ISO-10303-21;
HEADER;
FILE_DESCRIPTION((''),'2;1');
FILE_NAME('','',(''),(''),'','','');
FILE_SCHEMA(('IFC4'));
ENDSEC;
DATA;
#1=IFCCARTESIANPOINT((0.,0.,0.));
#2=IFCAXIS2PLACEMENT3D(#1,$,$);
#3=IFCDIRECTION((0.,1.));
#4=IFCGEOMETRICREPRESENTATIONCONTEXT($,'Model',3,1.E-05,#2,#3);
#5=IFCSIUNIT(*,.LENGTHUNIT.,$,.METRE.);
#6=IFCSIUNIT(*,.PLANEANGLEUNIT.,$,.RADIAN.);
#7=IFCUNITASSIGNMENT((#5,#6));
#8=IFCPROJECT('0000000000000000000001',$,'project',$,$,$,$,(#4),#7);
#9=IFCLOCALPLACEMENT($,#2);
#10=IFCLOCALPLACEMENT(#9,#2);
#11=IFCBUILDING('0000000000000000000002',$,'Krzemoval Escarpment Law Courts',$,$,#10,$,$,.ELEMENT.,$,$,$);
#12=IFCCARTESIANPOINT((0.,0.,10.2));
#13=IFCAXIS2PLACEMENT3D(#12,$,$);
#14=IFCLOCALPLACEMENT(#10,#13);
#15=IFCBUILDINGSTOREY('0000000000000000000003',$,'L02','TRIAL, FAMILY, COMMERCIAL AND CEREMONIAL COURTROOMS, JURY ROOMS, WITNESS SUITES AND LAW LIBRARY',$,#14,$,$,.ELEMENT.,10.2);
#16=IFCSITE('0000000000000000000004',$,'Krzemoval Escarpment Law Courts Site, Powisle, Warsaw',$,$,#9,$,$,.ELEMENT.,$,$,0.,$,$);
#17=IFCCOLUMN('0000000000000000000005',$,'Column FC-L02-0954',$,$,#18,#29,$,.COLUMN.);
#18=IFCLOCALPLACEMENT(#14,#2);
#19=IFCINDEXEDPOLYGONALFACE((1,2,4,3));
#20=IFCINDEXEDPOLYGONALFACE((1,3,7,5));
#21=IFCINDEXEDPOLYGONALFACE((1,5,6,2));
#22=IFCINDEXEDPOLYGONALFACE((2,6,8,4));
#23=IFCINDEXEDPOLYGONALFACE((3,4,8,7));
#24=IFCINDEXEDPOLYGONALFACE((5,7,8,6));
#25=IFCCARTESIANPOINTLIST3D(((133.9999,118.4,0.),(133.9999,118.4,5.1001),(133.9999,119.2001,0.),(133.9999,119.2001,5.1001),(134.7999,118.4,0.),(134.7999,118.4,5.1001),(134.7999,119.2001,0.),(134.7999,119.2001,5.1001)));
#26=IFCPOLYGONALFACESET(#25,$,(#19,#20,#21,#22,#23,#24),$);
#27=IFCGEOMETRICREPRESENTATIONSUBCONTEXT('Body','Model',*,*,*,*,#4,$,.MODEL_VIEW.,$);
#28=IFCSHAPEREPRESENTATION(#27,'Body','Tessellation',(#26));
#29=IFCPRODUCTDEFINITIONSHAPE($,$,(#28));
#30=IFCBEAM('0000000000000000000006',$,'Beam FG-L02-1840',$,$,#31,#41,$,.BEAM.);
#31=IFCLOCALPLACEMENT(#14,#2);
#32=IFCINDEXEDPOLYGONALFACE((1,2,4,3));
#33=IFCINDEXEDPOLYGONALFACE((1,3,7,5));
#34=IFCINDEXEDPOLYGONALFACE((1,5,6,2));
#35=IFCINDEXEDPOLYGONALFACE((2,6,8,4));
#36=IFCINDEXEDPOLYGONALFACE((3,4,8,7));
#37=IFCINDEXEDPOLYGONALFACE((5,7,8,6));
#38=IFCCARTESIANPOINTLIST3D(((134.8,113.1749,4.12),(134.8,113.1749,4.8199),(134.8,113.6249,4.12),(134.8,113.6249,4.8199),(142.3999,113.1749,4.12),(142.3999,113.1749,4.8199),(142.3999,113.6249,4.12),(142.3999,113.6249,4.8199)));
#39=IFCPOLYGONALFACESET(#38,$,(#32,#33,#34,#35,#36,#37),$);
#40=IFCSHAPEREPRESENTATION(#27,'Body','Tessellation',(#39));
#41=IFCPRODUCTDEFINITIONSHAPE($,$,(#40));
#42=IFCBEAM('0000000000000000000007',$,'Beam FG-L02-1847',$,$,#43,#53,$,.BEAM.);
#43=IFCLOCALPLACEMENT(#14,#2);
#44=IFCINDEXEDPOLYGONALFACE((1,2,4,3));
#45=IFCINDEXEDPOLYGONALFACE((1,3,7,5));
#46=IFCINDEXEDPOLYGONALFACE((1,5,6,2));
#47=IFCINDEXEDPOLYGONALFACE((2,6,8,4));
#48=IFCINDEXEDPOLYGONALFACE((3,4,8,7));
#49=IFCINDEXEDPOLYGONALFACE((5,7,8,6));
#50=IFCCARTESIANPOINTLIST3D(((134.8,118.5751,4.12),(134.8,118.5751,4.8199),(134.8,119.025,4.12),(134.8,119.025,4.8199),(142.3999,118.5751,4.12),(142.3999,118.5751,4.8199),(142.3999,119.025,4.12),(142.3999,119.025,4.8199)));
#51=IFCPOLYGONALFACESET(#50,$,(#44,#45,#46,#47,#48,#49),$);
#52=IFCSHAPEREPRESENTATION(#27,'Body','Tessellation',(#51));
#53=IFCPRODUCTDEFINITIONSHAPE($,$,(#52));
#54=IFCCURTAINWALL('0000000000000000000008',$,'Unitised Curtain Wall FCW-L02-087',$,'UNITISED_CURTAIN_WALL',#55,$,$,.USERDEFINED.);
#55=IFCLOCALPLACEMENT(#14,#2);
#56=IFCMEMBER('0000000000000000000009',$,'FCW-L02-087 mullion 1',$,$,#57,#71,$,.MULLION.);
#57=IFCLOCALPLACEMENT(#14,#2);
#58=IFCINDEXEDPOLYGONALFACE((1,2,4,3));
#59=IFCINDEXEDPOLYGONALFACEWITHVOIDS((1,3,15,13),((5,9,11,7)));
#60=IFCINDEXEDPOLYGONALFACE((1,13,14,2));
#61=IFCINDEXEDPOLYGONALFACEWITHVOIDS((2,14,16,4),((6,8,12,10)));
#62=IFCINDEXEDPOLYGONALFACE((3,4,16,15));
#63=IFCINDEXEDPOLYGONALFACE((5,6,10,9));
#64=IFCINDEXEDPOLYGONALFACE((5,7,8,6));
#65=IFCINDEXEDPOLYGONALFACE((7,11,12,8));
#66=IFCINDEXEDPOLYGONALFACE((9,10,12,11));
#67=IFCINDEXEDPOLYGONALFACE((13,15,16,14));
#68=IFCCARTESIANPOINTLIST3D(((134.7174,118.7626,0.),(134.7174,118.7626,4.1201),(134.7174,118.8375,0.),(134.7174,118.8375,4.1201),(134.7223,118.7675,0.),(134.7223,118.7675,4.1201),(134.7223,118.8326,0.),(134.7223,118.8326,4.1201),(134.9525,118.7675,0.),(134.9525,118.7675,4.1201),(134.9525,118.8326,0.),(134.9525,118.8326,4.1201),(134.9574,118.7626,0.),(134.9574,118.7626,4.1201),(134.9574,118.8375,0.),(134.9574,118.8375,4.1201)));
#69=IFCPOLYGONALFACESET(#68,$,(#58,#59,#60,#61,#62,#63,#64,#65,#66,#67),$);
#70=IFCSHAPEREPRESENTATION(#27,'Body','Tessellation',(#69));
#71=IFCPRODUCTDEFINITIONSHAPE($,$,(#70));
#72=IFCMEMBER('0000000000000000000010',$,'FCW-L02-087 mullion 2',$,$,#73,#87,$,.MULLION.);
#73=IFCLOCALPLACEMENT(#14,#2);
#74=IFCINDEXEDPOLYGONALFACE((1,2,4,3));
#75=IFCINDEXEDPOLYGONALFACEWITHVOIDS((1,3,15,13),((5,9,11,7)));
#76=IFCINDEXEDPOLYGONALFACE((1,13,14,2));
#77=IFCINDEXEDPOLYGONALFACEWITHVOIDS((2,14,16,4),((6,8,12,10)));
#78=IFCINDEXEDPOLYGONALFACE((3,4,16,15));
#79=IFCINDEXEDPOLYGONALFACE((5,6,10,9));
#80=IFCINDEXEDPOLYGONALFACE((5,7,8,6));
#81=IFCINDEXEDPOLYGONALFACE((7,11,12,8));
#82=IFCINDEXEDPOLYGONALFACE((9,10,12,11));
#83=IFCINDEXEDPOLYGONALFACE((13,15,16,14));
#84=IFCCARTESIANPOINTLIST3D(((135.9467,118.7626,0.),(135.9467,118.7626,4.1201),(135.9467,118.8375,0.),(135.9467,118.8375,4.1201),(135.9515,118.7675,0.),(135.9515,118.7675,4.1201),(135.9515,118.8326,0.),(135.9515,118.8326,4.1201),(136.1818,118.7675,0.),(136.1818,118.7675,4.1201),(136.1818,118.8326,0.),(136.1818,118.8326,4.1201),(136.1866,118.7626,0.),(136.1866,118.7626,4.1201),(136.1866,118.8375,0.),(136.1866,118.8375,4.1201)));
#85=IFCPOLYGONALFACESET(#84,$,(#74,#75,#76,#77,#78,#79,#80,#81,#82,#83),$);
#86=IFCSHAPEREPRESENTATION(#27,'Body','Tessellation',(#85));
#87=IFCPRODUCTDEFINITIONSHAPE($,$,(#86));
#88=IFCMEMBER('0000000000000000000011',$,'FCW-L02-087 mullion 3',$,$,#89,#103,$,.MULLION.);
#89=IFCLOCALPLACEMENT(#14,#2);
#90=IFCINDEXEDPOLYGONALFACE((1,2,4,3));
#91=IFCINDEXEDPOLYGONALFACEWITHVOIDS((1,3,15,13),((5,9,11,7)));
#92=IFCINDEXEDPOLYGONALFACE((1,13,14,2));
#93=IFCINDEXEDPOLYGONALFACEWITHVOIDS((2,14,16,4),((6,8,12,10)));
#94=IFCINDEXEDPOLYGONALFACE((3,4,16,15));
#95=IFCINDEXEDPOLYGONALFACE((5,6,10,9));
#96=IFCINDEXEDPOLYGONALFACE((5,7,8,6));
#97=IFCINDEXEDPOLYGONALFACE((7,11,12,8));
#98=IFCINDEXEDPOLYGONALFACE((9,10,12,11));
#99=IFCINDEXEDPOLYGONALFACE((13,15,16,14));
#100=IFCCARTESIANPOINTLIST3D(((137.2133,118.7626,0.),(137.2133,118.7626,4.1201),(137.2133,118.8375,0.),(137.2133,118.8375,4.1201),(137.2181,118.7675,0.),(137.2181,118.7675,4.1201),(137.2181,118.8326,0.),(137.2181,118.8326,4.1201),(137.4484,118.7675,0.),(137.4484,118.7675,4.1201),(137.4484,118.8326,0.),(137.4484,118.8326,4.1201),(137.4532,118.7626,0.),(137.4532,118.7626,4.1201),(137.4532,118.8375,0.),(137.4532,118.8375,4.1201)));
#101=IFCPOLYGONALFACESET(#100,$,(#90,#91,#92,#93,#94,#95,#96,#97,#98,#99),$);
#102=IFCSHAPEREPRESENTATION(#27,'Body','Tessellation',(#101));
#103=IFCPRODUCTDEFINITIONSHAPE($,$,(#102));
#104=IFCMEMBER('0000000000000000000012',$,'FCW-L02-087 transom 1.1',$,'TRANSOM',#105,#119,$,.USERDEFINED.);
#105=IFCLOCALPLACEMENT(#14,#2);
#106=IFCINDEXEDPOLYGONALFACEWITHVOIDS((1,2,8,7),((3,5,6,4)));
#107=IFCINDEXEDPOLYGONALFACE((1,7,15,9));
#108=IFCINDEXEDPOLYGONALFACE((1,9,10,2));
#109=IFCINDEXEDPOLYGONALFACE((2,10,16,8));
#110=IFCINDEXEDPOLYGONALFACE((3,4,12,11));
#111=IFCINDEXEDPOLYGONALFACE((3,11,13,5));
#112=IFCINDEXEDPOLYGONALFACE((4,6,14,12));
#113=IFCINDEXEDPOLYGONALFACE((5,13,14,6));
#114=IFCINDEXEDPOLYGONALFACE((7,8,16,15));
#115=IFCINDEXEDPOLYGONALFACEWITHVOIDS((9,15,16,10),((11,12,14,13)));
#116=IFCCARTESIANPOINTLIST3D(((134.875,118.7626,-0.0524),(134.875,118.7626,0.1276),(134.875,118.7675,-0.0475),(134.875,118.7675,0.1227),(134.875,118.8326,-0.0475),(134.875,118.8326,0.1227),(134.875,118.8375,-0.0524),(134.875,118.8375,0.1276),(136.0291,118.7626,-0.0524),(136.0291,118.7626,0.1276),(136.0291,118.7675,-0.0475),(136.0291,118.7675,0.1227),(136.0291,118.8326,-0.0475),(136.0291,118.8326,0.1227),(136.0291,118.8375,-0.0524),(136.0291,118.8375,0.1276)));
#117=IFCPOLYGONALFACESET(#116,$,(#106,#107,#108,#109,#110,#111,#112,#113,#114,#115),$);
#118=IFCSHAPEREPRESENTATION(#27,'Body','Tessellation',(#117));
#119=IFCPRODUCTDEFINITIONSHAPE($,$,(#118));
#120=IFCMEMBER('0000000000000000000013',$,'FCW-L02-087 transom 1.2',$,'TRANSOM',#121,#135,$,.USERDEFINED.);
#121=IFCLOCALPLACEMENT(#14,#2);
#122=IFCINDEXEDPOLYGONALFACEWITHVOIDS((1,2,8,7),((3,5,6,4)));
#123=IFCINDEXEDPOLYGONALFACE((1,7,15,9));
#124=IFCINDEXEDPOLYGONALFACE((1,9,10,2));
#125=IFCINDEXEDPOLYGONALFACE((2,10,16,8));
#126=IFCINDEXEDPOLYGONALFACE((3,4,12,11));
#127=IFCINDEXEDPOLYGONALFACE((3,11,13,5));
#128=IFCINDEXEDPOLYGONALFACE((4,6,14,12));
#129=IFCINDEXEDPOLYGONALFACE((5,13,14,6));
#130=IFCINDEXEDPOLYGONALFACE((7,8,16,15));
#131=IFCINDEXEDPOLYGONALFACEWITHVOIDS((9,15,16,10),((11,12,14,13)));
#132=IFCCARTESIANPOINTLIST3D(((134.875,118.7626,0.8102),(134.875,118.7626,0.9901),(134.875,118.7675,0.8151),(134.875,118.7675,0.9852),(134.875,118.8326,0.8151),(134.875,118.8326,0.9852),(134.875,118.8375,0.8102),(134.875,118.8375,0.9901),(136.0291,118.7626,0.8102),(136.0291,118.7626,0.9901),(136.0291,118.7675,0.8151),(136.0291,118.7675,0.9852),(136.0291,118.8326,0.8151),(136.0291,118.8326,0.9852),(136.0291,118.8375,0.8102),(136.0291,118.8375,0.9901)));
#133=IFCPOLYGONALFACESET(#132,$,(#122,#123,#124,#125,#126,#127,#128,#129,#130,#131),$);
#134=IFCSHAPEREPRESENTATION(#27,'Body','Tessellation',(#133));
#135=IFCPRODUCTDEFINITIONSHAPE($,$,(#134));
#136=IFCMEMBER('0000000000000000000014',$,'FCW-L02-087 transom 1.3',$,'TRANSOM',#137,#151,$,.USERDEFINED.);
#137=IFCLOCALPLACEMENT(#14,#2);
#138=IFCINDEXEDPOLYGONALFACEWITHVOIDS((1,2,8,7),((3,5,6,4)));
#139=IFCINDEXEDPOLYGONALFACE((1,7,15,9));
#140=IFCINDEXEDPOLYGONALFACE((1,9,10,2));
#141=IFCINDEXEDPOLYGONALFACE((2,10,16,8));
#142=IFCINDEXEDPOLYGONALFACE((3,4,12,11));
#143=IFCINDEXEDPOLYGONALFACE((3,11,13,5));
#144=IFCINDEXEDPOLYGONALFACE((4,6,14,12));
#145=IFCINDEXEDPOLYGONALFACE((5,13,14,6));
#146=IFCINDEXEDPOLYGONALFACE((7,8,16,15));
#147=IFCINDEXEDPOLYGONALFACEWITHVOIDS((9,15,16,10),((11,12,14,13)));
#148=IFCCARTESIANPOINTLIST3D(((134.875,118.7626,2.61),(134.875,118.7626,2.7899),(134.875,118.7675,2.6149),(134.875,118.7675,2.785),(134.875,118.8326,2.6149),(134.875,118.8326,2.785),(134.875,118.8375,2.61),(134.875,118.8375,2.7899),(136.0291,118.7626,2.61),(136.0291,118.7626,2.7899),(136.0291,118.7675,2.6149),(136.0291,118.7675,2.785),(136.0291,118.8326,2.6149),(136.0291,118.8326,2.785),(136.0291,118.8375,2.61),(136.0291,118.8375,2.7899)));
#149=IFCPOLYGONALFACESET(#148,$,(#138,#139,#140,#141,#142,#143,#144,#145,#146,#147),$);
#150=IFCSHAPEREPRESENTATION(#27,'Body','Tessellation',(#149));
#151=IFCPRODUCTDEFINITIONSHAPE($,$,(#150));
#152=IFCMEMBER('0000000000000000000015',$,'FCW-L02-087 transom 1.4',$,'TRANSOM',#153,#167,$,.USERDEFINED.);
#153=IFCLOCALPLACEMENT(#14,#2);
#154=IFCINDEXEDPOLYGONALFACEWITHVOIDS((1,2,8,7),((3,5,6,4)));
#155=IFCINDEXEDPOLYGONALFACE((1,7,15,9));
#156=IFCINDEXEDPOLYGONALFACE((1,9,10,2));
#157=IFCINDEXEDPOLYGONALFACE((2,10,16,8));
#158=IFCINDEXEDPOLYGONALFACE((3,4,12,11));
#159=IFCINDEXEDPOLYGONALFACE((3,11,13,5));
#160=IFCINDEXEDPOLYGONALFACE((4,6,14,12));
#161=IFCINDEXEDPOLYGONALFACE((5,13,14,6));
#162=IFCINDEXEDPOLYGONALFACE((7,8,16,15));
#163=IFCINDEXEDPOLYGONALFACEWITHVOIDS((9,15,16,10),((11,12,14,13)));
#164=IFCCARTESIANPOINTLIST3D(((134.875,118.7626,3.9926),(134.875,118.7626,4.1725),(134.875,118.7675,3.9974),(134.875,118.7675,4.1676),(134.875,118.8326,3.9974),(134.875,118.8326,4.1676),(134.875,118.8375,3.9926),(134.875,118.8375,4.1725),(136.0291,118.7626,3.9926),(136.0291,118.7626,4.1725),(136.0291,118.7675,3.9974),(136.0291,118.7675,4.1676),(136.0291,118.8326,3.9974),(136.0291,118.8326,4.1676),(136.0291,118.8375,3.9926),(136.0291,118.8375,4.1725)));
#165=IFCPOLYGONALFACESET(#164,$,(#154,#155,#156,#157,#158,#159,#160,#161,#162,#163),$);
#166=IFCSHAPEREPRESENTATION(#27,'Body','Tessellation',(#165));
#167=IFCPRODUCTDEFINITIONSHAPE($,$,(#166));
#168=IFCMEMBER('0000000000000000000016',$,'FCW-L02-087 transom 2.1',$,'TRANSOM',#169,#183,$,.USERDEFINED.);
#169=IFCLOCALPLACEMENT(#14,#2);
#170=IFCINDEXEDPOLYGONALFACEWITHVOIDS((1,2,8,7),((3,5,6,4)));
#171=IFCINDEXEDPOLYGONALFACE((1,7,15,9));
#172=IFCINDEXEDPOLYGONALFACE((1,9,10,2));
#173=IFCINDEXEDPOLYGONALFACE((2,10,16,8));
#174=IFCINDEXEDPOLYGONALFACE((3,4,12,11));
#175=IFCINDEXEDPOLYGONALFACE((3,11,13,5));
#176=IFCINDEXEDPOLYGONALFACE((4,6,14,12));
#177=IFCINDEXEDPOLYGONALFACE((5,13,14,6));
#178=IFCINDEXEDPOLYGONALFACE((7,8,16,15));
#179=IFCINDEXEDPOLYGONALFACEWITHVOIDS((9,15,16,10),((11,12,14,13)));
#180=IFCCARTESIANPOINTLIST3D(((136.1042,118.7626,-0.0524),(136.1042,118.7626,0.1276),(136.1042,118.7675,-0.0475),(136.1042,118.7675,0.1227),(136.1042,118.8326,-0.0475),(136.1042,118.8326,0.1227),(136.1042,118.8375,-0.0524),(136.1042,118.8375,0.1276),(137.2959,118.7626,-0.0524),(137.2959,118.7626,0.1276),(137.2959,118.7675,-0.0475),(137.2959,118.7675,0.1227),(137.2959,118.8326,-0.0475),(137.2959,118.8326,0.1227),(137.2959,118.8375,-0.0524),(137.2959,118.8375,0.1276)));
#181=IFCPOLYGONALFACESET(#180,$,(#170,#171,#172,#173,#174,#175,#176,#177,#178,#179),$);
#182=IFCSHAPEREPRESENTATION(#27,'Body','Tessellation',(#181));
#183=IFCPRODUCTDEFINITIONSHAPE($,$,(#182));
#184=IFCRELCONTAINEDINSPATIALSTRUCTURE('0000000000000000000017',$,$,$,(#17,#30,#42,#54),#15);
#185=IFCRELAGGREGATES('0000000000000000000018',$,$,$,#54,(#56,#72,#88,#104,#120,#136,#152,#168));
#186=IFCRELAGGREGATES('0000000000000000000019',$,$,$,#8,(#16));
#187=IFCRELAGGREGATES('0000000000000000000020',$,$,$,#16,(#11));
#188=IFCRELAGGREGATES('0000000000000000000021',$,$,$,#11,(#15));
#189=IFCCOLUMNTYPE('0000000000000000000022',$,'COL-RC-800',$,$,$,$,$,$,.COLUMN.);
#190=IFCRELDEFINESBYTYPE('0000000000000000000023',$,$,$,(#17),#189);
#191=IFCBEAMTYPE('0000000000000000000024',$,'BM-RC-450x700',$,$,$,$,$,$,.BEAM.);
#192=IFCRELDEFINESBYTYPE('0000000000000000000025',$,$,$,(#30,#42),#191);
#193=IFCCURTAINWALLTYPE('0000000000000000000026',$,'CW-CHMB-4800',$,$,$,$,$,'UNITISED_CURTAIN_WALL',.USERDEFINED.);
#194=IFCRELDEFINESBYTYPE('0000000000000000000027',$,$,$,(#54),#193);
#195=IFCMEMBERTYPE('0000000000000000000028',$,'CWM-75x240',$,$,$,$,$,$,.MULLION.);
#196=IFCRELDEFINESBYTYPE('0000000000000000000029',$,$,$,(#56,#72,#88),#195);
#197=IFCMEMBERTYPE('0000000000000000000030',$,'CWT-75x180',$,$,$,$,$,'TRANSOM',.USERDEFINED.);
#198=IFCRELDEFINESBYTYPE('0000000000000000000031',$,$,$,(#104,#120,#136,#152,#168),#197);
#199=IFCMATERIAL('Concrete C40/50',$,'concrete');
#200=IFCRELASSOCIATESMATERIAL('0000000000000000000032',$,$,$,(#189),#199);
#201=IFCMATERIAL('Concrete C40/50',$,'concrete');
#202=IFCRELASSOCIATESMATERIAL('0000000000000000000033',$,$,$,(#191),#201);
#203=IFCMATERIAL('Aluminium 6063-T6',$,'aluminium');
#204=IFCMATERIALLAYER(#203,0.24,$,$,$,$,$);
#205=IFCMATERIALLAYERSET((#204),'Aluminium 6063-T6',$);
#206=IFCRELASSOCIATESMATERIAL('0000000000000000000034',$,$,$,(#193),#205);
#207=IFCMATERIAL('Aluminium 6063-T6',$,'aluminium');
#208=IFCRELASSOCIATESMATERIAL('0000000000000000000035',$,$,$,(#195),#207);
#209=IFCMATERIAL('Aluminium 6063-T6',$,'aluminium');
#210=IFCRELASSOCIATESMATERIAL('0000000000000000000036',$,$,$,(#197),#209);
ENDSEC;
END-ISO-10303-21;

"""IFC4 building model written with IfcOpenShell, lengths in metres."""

from ifc_helpers import new_model, si_unit, direction, frame, origin, origin_2d, place, context, subcontext, project, spatial, rectangle, hollow_rectangle, extrude, material, layer, layer_set, material_profile, profile_set, type_object, element, aggregate, save


model = new_model("IFC4")

# Units and contexts
model_context = context("Model", 3, precision=1e-05, world=origin(), true_north=direction((0.0, 1.0)))
body_context = subcontext(model_context, "Body", "Model", "MODEL_VIEW")
ifc_project = project(units=[si_unit("LENGTHUNIT", "METRE"), si_unit("PLANEANGLEUNIT", "RADIAN")], contexts=[model_context])

# Site, building, storey
site_placement = place(None, origin())
site = spatial("IfcSite", under=ifc_project, at=site_placement, Name="Krzemoval Escarpment Law Courts Site, Powisle, Warsaw", CompositionType="ELEMENT", RefElevation=0.0)
building_placement = place(site_placement, origin())
building = spatial("IfcBuilding", under=site, at=building_placement, Name="Krzemoval Escarpment Law Courts", CompositionType="ELEMENT")
storey_placement = place(building_placement, frame((0.0, 0.0, 10.2)))
storey = spatial("IfcBuildingStorey", under=building, at=storey_placement, Name="L02", Description="TRIAL, FAMILY, COMMERCIAL AND CEREMONIAL COURTROOMS, JURY ROOMS, WITNESS SUITES AND LAW LIBRARY", CompositionType="ELEMENT", Elevation=10.2)

# Column
ifc_material_1 = material(Name="Concrete C40/50", Category="concrete")
ifc_material_profile_1 = material_profile(ifc_material_1, rectangle(XDim=0.8, YDim=0.8, at=origin_2d()), Name="RC 800x800")
ifc_profile_set_1 = profile_set([ifc_material_profile_1], Name="Concrete C40/50")
column_type = type_object("IfcColumnType", Name="COL-RC-800", PredefinedType="COLUMN", material=ifc_profile_set_1)
column_placement = place(storey_placement, frame((134.3999, 118.8, 0.0), z_axis=(0.0, 0.0, 1.0), x_axis=(1.0, 0.0, 0.0)))
element("IfcColumn", 1, at=column_placement, inside=storey, type_object=column_type, Name="Column FC-L02-0954", PredefinedType="COLUMN", context=body_context, shape_type="SweptSolid", body=[
    extrude(rectangle(XDim=0.8, YDim=0.8, at=origin_2d()), origin(), (0.0, 0.0, 1.0), 5.1001),
])

# Beams
ifc_material_2 = material(Name="Concrete C40/50", Category="concrete")
ifc_material_profile_2 = material_profile(ifc_material_2, rectangle(XDim=0.45, YDim=0.7, at=origin_2d()), Name="RCB 450x700")
ifc_profile_set_2 = profile_set([ifc_material_profile_2], Name="Concrete C40/50")
beam_type = type_object("IfcBeamType", Name="BM-RC-450x700", PredefinedType="BEAM", material=ifc_profile_set_2)
for number, where, z_axis, x_axis, name in (
    (2, (134.8, 113.3999, 4.47), (1.0, 0.0, 0.0), (0.0, 1.0, 0.0), "Beam FG-L02-1840"),
    (3, (134.8, 118.8, 4.47), (1.0, 0.0, 0.0), (0.0, 1.0, 0.0), "Beam FG-L02-1847"),
):
    element("IfcBeam", number, at=place(storey_placement, frame(where, z_axis=z_axis, x_axis=x_axis)), inside=storey, type_object=beam_type, Name=name, PredefinedType="BEAM", context=body_context, shape_type="SweptSolid", body=[
        extrude(rectangle(XDim=0.45, YDim=0.7, at=origin_2d()), origin(), (0.0, 0.0, 1.0), 7.5999),
    ])

# Curtain wall, members
ifc_material_3 = material(Name="Aluminium 6063-T6", Category="aluminium")
ifc_layer_1 = layer(ifc_material_3, 0.24)
ifc_layer_set_1 = layer_set([ifc_layer_1], Name="Aluminium 6063-T6")
curtain_wall_type = type_object("IfcCurtainWallType", Name="CW-CHMB-4800", ElementType="UNITISED_CURTAIN_WALL", PredefinedType="USERDEFINED", material=ifc_layer_set_1)
curtain_wall_placement = place(storey_placement, origin())
curtain_wall = element("IfcCurtainWall", 4, at=curtain_wall_placement, inside=storey, type_object=curtain_wall_type, Name="Unitised Curtain Wall FCW-L02-087", ObjectType="UNITISED_CURTAIN_WALL", PredefinedType="USERDEFINED")
ifc_material_4 = material(Name="Aluminium 6063-T6", Category="aluminium")
ifc_material_profile_3 = material_profile(ifc_material_4, hollow_rectangle(XDim=0.075, YDim=0.24, WallThickness=0.0049, at=origin_2d()), Name="ALU M75x240")
ifc_profile_set_3 = profile_set([ifc_material_profile_3], Name="Aluminium 6063-T6")
member_type_1 = type_object("IfcMemberType", Name="CWM-75x240", PredefinedType="MULLION", material=ifc_profile_set_3)
member_1_placement = place(storey_placement, frame((134.8374, 118.8, 0.0), z_axis=(0.0, 0.0, 1.0), x_axis=(0.0, 1.0, 0.0)))
member_1 = element("IfcMember", 5, at=member_1_placement, type_object=member_type_1, Name="FCW-L02-087 mullion 1", PredefinedType="MULLION", context=body_context, shape_type="SweptSolid", body=[
    extrude(hollow_rectangle(XDim=0.075, YDim=0.24, WallThickness=0.0049, at=origin_2d()), origin(), (0.0, 0.0, 1.0), 4.1201),
])
member_2_placement = place(storey_placement, frame((136.0667, 118.8, 0.0), z_axis=(0.0, 0.0, 1.0), x_axis=(0.0, 1.0, 0.0)))
member_2 = element("IfcMember", 6, at=member_2_placement, type_object=member_type_1, Name="FCW-L02-087 mullion 2", PredefinedType="MULLION", context=body_context, shape_type="SweptSolid", body=[
    extrude(hollow_rectangle(XDim=0.075, YDim=0.24, WallThickness=0.0049, at=origin_2d()), origin(), (0.0, 0.0, 1.0), 4.1201),
])
member_3_placement = place(storey_placement, frame((137.3333, 118.8, 0.0), z_axis=(0.0, 0.0, 1.0), x_axis=(0.0, 1.0, 0.0)))
member_3 = element("IfcMember", 7, at=member_3_placement, type_object=member_type_1, Name="FCW-L02-087 mullion 3", PredefinedType="MULLION", context=body_context, shape_type="SweptSolid", body=[
    extrude(hollow_rectangle(XDim=0.075, YDim=0.24, WallThickness=0.0049, at=origin_2d()), origin(), (0.0, 0.0, 1.0), 4.1201),
])
ifc_material_5 = material(Name="Aluminium 6063-T6", Category="aluminium")
ifc_material_profile_4 = material_profile(ifc_material_5, hollow_rectangle(XDim=0.075, YDim=0.1799, WallThickness=0.0049, at=origin_2d()), Name="ALU T75x180")
ifc_profile_set_4 = profile_set([ifc_material_profile_4], Name="Aluminium 6063-T6")
member_type_2 = type_object("IfcMemberType", Name="CWT-75x180", ElementType="TRANSOM", PredefinedType="USERDEFINED", material=ifc_profile_set_4)
member_4_placement = place(storey_placement, frame((134.875, 118.8, 0.0376), z_axis=(1.0, 0.0, 0.0), x_axis=(0.0, 1.0, 0.0)))
member_4 = element("IfcMember", 8, at=member_4_placement, type_object=member_type_2, Name="FCW-L02-087 transom 1.1", ObjectType="TRANSOM", PredefinedType="USERDEFINED", context=body_context, shape_type="SweptSolid", body=[
    extrude(hollow_rectangle(XDim=0.075, YDim=0.1799, WallThickness=0.0049, at=origin_2d()), origin(), (0.0, 0.0, 1.0), 1.1541),
])
member_5_placement = place(storey_placement, frame((134.875, 118.8, 0.9001), z_axis=(1.0, 0.0, 0.0), x_axis=(0.0, 1.0, 0.0)))
member_5 = element("IfcMember", 9, at=member_5_placement, type_object=member_type_2, Name="FCW-L02-087 transom 1.2", ObjectType="TRANSOM", PredefinedType="USERDEFINED", context=body_context, shape_type="SweptSolid", body=[
    extrude(hollow_rectangle(XDim=0.075, YDim=0.1799, WallThickness=0.0049, at=origin_2d()), origin(), (0.0, 0.0, 1.0), 1.1541),
])
member_6_placement = place(storey_placement, frame((134.875, 118.8, 2.7), z_axis=(1.0, 0.0, 0.0), x_axis=(0.0, 1.0, 0.0)))
member_6 = element("IfcMember", 10, at=member_6_placement, type_object=member_type_2, Name="FCW-L02-087 transom 1.3", ObjectType="TRANSOM", PredefinedType="USERDEFINED", context=body_context, shape_type="SweptSolid", body=[
    extrude(hollow_rectangle(XDim=0.075, YDim=0.1799, WallThickness=0.0049, at=origin_2d()), origin(), (0.0, 0.0, 1.0), 1.1541),
])
member_7_placement = place(storey_placement, frame((134.875, 118.8, 4.0825), z_axis=(1.0, 0.0, 0.0), x_axis=(0.0, 1.0, 0.0)))
member_7 = element("IfcMember", 11, at=member_7_placement, type_object=member_type_2, Name="FCW-L02-087 transom 1.4", ObjectType="TRANSOM", PredefinedType="USERDEFINED", context=body_context, shape_type="SweptSolid", body=[
    extrude(hollow_rectangle(XDim=0.075, YDim=0.1799, WallThickness=0.0049, at=origin_2d()), origin(), (0.0, 0.0, 1.0), 1.1541),
])
member_8_placement = place(storey_placement, frame((136.1042, 118.8, 0.0376), z_axis=(1.0, 0.0, 0.0), x_axis=(0.0, 1.0, 0.0)))
member_8 = element("IfcMember", 12, at=member_8_placement, type_object=member_type_2, Name="FCW-L02-087 transom 2.1", ObjectType="TRANSOM", PredefinedType="USERDEFINED", context=body_context, shape_type="SweptSolid", body=[
    extrude(hollow_rectangle(XDim=0.075, YDim=0.1799, WallThickness=0.0049, at=origin_2d()), origin(), (0.0, 0.0, 1.0), 1.1917),
])
aggregate(curtain_wall, [member_1, member_2, member_3, member_4, member_5, member_6, member_7, member_8])

save(model, "model.ifc")
